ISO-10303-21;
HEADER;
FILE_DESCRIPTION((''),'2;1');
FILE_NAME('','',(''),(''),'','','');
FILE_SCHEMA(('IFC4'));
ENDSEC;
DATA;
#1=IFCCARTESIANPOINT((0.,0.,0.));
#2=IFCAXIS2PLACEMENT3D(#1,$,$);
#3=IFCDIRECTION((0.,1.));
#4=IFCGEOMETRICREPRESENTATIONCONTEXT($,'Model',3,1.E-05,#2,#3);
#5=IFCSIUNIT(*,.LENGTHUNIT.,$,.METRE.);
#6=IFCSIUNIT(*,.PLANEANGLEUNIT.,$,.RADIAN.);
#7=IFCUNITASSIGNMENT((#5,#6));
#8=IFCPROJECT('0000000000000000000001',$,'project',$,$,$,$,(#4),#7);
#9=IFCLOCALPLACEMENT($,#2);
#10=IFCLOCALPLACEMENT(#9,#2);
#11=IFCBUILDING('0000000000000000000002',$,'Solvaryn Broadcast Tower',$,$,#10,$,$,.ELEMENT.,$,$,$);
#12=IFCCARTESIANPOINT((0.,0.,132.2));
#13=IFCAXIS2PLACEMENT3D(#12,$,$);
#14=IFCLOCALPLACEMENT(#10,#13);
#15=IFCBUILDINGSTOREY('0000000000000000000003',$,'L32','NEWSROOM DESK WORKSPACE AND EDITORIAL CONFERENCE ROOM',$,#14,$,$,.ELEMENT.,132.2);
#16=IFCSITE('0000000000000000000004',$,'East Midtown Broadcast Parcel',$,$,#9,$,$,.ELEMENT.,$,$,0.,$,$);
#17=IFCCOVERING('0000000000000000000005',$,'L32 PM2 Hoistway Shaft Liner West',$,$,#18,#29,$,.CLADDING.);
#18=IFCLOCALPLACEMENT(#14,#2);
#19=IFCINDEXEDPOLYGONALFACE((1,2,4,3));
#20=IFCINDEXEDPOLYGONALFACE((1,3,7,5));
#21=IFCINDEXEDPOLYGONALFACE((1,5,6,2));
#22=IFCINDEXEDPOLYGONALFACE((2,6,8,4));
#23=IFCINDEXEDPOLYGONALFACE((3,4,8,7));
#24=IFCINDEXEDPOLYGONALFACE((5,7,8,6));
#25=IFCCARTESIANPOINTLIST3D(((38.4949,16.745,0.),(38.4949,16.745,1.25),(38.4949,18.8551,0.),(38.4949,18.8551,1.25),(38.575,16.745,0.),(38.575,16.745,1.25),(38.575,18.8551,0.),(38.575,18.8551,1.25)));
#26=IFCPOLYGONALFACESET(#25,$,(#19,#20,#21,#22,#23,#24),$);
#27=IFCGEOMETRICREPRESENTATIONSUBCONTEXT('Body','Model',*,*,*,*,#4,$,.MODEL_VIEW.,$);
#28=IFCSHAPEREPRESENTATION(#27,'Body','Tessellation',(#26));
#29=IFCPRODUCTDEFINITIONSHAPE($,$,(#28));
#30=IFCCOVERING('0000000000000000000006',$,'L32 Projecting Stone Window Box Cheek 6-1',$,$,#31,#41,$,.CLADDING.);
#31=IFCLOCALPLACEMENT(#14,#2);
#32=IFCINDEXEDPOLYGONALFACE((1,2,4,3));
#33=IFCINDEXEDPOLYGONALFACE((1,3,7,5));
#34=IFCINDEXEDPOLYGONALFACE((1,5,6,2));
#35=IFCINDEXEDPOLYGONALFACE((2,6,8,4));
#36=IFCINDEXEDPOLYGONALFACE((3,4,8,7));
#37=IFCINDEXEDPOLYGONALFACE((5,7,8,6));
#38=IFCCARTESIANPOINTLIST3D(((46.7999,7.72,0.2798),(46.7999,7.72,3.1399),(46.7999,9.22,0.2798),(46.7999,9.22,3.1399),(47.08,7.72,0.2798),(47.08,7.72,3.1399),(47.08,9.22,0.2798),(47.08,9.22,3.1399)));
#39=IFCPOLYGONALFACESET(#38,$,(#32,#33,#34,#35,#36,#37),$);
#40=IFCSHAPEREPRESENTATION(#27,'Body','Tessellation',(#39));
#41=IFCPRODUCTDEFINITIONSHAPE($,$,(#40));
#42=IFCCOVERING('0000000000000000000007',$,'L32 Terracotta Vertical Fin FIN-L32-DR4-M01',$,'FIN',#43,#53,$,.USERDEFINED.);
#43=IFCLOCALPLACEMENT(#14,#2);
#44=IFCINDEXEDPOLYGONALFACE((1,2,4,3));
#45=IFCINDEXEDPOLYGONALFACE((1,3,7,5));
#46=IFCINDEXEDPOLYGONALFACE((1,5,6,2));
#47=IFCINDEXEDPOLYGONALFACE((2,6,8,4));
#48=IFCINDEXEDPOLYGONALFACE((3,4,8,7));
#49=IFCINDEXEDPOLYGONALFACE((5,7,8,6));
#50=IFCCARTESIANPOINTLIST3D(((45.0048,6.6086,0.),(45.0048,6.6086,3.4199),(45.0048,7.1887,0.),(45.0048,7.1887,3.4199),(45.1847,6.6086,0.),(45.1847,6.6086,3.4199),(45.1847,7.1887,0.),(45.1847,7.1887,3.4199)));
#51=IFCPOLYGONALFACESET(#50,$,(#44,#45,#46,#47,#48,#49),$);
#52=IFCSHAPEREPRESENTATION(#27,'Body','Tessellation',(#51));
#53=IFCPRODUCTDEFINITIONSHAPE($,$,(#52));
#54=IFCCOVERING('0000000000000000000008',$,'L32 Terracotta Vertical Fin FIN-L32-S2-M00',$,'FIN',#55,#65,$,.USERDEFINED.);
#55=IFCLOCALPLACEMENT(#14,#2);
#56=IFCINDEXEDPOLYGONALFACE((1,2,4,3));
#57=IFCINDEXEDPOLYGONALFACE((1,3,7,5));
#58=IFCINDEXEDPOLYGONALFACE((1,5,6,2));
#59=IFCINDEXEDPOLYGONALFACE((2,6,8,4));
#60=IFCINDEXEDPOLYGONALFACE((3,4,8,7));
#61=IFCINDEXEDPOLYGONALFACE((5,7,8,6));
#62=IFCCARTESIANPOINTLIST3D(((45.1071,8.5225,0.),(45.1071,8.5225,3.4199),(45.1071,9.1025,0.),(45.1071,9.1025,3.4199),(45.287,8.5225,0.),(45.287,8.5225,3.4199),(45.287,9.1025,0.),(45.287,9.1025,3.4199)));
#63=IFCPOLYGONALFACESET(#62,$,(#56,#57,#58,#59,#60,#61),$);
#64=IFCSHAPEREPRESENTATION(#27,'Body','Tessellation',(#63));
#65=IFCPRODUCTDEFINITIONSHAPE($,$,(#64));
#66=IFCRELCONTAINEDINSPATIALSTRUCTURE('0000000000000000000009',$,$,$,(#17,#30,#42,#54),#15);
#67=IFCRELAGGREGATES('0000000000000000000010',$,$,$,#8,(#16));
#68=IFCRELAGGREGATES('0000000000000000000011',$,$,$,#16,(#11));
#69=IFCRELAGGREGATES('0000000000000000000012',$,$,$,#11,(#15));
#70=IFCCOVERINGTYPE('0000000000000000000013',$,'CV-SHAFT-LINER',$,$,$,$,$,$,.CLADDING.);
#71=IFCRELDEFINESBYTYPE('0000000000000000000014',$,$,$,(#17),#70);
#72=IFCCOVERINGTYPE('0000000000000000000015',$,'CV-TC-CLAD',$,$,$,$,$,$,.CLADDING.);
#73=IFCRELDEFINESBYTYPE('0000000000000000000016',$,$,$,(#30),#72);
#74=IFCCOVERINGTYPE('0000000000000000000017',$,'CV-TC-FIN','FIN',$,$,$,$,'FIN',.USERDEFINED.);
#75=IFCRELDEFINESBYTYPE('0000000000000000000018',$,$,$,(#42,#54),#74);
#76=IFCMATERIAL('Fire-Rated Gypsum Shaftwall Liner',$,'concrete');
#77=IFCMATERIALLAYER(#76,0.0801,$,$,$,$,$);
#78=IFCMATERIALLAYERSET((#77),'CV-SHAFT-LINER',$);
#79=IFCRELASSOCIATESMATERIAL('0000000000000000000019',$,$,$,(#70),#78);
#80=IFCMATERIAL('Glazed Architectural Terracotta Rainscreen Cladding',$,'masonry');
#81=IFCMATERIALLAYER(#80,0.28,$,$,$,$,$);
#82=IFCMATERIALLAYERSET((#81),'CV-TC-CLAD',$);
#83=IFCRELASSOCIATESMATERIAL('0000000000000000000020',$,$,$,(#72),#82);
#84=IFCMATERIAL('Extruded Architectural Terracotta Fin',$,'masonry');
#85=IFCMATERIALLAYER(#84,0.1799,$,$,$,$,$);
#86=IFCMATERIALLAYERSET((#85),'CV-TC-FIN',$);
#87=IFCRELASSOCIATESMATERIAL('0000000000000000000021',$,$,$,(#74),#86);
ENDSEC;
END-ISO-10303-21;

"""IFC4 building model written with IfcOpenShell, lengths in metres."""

from ifc_helpers import new_model, si_unit, direction, frame, origin, origin_2d, place, context, subcontext, project, spatial, rectangle, extrude, material, layer, layer_set, type_object, element, save


model = new_model("IFC4")

# Units and contexts
model_context = context("Model", 3, precision=1e-05, world=origin(), true_north=direction((0.0, 1.0)))
body_context = subcontext(model_context, "Body", "Model", "MODEL_VIEW")
ifc_project = project(units=[si_unit("LENGTHUNIT", "METRE"), si_unit("PLANEANGLEUNIT", "RADIAN")], contexts=[model_context])

# Site, building, storey
site_placement = place(None, origin())
site = spatial("IfcSite", under=ifc_project, at=site_placement, Name="East Midtown Broadcast Parcel", CompositionType="ELEMENT", RefElevation=0.0)
building_placement = place(site_placement, origin())
building = spatial("IfcBuilding", under=site, at=building_placement, Name="Solvaryn Broadcast Tower", CompositionType="ELEMENT")
storey_placement = place(building_placement, frame((0.0, 0.0, 132.2)))
storey = spatial("IfcBuildingStorey", under=building, at=storey_placement, Name="L32", Description="NEWSROOM DESK WORKSPACE AND EDITORIAL CONFERENCE ROOM", CompositionType="ELEMENT", Elevation=132.2)

# Coverings
ifc_material_1 = material(Name="Fire-Rated Gypsum Shaftwall Liner", Category="concrete")
ifc_layer_1 = layer(ifc_material_1, 0.0801)
ifc_layer_set_1 = layer_set([ifc_layer_1], Name="CV-SHAFT-LINER")
covering_type_1 = type_object("IfcCoveringType", Name="CV-SHAFT-LINER", PredefinedType="CLADDING", material=ifc_layer_set_1)
for number, where, z_axis, x_axis, name in (
    (1, (38.5349, 17.8, 0.0), (0.0, 0.0, 1.0), (1.0, 0.0, 0.0), "L32 PM2 Hoistway Shaft Liner West"),
):
    element("IfcCovering", number, at=place(storey_placement, frame(where, z_axis=z_axis, x_axis=x_axis)), inside=storey, type_object=covering_type_1, Name=name, PredefinedType="CLADDING", context=body_context, shape_type="SweptSolid", body=[
        extrude(rectangle(XDim=0.0801, YDim=2.1101, at=origin_2d()), origin(), (0.0, 0.0, 1.0), 1.25),
    ])
ifc_material_2 = material(Name="Glazed Architectural Terracotta Rainscreen Cladding", Category="masonry")
ifc_layer_2 = layer(ifc_material_2, 0.28)
ifc_layer_set_2 = layer_set([ifc_layer_2], Name="CV-TC-CLAD")
covering_type_2 = type_object("IfcCoveringType", Name="CV-TC-CLAD", PredefinedType="CLADDING", material=ifc_layer_set_2)
covering_1_placement = place(storey_placement, frame((46.9399, 8.47, 0.2798), z_axis=(0.0, 0.0, 1.0), x_axis=(1.0, 0.0, 0.0)))
element("IfcCovering", 2, at=covering_1_placement, inside=storey, type_object=covering_type_2, Name="L32 Projecting Stone Window Box Cheek 6-1", PredefinedType="CLADDING", context=body_context, shape_type="SweptSolid", body=[
    extrude(rectangle(XDim=0.28, YDim=1.5, at=origin_2d()), origin(), (0.0, 0.0, 1.0), 2.8601),
])
ifc_material_3 = material(Name="Extruded Architectural Terracotta Fin", Category="masonry")
ifc_layer_3 = layer(ifc_material_3, 0.1799)
ifc_layer_set_3 = layer_set([ifc_layer_3], Name="CV-TC-FIN")
covering_type_3 = type_object("IfcCoveringType", Name="CV-TC-FIN", Description="FIN", ElementType="FIN", PredefinedType="USERDEFINED", material=ifc_layer_set_3)
for number, where, z_axis, x_axis, name in (
    (3, (45.0947, 6.8987, 0.0), (0.0, 0.0, 1.0), (1.0, 0.0, 0.0), "L32 Terracotta Vertical Fin FIN-L32-DR4-M01"),
    (4, (45.197, 8.8125, 0.0), (0.0, 0.0, 1.0), (1.0, 0.0, 0.0), "L32 Terracotta Vertical Fin FIN-L32-S2-M00"),
):
    element("IfcCovering", number, at=place(storey_placement, frame(where, z_axis=z_axis, x_axis=x_axis)), inside=storey, type_object=covering_type_3, Name=name, ObjectType="FIN", PredefinedType="USERDEFINED", context=body_context, shape_type="SweptSolid", body=[
        extrude(rectangle(XDim=0.1799, YDim=0.5801, at=origin_2d()), origin(), (0.0, 0.0, 1.0), 3.4199),
    ])

save(model, "model.ifc")
